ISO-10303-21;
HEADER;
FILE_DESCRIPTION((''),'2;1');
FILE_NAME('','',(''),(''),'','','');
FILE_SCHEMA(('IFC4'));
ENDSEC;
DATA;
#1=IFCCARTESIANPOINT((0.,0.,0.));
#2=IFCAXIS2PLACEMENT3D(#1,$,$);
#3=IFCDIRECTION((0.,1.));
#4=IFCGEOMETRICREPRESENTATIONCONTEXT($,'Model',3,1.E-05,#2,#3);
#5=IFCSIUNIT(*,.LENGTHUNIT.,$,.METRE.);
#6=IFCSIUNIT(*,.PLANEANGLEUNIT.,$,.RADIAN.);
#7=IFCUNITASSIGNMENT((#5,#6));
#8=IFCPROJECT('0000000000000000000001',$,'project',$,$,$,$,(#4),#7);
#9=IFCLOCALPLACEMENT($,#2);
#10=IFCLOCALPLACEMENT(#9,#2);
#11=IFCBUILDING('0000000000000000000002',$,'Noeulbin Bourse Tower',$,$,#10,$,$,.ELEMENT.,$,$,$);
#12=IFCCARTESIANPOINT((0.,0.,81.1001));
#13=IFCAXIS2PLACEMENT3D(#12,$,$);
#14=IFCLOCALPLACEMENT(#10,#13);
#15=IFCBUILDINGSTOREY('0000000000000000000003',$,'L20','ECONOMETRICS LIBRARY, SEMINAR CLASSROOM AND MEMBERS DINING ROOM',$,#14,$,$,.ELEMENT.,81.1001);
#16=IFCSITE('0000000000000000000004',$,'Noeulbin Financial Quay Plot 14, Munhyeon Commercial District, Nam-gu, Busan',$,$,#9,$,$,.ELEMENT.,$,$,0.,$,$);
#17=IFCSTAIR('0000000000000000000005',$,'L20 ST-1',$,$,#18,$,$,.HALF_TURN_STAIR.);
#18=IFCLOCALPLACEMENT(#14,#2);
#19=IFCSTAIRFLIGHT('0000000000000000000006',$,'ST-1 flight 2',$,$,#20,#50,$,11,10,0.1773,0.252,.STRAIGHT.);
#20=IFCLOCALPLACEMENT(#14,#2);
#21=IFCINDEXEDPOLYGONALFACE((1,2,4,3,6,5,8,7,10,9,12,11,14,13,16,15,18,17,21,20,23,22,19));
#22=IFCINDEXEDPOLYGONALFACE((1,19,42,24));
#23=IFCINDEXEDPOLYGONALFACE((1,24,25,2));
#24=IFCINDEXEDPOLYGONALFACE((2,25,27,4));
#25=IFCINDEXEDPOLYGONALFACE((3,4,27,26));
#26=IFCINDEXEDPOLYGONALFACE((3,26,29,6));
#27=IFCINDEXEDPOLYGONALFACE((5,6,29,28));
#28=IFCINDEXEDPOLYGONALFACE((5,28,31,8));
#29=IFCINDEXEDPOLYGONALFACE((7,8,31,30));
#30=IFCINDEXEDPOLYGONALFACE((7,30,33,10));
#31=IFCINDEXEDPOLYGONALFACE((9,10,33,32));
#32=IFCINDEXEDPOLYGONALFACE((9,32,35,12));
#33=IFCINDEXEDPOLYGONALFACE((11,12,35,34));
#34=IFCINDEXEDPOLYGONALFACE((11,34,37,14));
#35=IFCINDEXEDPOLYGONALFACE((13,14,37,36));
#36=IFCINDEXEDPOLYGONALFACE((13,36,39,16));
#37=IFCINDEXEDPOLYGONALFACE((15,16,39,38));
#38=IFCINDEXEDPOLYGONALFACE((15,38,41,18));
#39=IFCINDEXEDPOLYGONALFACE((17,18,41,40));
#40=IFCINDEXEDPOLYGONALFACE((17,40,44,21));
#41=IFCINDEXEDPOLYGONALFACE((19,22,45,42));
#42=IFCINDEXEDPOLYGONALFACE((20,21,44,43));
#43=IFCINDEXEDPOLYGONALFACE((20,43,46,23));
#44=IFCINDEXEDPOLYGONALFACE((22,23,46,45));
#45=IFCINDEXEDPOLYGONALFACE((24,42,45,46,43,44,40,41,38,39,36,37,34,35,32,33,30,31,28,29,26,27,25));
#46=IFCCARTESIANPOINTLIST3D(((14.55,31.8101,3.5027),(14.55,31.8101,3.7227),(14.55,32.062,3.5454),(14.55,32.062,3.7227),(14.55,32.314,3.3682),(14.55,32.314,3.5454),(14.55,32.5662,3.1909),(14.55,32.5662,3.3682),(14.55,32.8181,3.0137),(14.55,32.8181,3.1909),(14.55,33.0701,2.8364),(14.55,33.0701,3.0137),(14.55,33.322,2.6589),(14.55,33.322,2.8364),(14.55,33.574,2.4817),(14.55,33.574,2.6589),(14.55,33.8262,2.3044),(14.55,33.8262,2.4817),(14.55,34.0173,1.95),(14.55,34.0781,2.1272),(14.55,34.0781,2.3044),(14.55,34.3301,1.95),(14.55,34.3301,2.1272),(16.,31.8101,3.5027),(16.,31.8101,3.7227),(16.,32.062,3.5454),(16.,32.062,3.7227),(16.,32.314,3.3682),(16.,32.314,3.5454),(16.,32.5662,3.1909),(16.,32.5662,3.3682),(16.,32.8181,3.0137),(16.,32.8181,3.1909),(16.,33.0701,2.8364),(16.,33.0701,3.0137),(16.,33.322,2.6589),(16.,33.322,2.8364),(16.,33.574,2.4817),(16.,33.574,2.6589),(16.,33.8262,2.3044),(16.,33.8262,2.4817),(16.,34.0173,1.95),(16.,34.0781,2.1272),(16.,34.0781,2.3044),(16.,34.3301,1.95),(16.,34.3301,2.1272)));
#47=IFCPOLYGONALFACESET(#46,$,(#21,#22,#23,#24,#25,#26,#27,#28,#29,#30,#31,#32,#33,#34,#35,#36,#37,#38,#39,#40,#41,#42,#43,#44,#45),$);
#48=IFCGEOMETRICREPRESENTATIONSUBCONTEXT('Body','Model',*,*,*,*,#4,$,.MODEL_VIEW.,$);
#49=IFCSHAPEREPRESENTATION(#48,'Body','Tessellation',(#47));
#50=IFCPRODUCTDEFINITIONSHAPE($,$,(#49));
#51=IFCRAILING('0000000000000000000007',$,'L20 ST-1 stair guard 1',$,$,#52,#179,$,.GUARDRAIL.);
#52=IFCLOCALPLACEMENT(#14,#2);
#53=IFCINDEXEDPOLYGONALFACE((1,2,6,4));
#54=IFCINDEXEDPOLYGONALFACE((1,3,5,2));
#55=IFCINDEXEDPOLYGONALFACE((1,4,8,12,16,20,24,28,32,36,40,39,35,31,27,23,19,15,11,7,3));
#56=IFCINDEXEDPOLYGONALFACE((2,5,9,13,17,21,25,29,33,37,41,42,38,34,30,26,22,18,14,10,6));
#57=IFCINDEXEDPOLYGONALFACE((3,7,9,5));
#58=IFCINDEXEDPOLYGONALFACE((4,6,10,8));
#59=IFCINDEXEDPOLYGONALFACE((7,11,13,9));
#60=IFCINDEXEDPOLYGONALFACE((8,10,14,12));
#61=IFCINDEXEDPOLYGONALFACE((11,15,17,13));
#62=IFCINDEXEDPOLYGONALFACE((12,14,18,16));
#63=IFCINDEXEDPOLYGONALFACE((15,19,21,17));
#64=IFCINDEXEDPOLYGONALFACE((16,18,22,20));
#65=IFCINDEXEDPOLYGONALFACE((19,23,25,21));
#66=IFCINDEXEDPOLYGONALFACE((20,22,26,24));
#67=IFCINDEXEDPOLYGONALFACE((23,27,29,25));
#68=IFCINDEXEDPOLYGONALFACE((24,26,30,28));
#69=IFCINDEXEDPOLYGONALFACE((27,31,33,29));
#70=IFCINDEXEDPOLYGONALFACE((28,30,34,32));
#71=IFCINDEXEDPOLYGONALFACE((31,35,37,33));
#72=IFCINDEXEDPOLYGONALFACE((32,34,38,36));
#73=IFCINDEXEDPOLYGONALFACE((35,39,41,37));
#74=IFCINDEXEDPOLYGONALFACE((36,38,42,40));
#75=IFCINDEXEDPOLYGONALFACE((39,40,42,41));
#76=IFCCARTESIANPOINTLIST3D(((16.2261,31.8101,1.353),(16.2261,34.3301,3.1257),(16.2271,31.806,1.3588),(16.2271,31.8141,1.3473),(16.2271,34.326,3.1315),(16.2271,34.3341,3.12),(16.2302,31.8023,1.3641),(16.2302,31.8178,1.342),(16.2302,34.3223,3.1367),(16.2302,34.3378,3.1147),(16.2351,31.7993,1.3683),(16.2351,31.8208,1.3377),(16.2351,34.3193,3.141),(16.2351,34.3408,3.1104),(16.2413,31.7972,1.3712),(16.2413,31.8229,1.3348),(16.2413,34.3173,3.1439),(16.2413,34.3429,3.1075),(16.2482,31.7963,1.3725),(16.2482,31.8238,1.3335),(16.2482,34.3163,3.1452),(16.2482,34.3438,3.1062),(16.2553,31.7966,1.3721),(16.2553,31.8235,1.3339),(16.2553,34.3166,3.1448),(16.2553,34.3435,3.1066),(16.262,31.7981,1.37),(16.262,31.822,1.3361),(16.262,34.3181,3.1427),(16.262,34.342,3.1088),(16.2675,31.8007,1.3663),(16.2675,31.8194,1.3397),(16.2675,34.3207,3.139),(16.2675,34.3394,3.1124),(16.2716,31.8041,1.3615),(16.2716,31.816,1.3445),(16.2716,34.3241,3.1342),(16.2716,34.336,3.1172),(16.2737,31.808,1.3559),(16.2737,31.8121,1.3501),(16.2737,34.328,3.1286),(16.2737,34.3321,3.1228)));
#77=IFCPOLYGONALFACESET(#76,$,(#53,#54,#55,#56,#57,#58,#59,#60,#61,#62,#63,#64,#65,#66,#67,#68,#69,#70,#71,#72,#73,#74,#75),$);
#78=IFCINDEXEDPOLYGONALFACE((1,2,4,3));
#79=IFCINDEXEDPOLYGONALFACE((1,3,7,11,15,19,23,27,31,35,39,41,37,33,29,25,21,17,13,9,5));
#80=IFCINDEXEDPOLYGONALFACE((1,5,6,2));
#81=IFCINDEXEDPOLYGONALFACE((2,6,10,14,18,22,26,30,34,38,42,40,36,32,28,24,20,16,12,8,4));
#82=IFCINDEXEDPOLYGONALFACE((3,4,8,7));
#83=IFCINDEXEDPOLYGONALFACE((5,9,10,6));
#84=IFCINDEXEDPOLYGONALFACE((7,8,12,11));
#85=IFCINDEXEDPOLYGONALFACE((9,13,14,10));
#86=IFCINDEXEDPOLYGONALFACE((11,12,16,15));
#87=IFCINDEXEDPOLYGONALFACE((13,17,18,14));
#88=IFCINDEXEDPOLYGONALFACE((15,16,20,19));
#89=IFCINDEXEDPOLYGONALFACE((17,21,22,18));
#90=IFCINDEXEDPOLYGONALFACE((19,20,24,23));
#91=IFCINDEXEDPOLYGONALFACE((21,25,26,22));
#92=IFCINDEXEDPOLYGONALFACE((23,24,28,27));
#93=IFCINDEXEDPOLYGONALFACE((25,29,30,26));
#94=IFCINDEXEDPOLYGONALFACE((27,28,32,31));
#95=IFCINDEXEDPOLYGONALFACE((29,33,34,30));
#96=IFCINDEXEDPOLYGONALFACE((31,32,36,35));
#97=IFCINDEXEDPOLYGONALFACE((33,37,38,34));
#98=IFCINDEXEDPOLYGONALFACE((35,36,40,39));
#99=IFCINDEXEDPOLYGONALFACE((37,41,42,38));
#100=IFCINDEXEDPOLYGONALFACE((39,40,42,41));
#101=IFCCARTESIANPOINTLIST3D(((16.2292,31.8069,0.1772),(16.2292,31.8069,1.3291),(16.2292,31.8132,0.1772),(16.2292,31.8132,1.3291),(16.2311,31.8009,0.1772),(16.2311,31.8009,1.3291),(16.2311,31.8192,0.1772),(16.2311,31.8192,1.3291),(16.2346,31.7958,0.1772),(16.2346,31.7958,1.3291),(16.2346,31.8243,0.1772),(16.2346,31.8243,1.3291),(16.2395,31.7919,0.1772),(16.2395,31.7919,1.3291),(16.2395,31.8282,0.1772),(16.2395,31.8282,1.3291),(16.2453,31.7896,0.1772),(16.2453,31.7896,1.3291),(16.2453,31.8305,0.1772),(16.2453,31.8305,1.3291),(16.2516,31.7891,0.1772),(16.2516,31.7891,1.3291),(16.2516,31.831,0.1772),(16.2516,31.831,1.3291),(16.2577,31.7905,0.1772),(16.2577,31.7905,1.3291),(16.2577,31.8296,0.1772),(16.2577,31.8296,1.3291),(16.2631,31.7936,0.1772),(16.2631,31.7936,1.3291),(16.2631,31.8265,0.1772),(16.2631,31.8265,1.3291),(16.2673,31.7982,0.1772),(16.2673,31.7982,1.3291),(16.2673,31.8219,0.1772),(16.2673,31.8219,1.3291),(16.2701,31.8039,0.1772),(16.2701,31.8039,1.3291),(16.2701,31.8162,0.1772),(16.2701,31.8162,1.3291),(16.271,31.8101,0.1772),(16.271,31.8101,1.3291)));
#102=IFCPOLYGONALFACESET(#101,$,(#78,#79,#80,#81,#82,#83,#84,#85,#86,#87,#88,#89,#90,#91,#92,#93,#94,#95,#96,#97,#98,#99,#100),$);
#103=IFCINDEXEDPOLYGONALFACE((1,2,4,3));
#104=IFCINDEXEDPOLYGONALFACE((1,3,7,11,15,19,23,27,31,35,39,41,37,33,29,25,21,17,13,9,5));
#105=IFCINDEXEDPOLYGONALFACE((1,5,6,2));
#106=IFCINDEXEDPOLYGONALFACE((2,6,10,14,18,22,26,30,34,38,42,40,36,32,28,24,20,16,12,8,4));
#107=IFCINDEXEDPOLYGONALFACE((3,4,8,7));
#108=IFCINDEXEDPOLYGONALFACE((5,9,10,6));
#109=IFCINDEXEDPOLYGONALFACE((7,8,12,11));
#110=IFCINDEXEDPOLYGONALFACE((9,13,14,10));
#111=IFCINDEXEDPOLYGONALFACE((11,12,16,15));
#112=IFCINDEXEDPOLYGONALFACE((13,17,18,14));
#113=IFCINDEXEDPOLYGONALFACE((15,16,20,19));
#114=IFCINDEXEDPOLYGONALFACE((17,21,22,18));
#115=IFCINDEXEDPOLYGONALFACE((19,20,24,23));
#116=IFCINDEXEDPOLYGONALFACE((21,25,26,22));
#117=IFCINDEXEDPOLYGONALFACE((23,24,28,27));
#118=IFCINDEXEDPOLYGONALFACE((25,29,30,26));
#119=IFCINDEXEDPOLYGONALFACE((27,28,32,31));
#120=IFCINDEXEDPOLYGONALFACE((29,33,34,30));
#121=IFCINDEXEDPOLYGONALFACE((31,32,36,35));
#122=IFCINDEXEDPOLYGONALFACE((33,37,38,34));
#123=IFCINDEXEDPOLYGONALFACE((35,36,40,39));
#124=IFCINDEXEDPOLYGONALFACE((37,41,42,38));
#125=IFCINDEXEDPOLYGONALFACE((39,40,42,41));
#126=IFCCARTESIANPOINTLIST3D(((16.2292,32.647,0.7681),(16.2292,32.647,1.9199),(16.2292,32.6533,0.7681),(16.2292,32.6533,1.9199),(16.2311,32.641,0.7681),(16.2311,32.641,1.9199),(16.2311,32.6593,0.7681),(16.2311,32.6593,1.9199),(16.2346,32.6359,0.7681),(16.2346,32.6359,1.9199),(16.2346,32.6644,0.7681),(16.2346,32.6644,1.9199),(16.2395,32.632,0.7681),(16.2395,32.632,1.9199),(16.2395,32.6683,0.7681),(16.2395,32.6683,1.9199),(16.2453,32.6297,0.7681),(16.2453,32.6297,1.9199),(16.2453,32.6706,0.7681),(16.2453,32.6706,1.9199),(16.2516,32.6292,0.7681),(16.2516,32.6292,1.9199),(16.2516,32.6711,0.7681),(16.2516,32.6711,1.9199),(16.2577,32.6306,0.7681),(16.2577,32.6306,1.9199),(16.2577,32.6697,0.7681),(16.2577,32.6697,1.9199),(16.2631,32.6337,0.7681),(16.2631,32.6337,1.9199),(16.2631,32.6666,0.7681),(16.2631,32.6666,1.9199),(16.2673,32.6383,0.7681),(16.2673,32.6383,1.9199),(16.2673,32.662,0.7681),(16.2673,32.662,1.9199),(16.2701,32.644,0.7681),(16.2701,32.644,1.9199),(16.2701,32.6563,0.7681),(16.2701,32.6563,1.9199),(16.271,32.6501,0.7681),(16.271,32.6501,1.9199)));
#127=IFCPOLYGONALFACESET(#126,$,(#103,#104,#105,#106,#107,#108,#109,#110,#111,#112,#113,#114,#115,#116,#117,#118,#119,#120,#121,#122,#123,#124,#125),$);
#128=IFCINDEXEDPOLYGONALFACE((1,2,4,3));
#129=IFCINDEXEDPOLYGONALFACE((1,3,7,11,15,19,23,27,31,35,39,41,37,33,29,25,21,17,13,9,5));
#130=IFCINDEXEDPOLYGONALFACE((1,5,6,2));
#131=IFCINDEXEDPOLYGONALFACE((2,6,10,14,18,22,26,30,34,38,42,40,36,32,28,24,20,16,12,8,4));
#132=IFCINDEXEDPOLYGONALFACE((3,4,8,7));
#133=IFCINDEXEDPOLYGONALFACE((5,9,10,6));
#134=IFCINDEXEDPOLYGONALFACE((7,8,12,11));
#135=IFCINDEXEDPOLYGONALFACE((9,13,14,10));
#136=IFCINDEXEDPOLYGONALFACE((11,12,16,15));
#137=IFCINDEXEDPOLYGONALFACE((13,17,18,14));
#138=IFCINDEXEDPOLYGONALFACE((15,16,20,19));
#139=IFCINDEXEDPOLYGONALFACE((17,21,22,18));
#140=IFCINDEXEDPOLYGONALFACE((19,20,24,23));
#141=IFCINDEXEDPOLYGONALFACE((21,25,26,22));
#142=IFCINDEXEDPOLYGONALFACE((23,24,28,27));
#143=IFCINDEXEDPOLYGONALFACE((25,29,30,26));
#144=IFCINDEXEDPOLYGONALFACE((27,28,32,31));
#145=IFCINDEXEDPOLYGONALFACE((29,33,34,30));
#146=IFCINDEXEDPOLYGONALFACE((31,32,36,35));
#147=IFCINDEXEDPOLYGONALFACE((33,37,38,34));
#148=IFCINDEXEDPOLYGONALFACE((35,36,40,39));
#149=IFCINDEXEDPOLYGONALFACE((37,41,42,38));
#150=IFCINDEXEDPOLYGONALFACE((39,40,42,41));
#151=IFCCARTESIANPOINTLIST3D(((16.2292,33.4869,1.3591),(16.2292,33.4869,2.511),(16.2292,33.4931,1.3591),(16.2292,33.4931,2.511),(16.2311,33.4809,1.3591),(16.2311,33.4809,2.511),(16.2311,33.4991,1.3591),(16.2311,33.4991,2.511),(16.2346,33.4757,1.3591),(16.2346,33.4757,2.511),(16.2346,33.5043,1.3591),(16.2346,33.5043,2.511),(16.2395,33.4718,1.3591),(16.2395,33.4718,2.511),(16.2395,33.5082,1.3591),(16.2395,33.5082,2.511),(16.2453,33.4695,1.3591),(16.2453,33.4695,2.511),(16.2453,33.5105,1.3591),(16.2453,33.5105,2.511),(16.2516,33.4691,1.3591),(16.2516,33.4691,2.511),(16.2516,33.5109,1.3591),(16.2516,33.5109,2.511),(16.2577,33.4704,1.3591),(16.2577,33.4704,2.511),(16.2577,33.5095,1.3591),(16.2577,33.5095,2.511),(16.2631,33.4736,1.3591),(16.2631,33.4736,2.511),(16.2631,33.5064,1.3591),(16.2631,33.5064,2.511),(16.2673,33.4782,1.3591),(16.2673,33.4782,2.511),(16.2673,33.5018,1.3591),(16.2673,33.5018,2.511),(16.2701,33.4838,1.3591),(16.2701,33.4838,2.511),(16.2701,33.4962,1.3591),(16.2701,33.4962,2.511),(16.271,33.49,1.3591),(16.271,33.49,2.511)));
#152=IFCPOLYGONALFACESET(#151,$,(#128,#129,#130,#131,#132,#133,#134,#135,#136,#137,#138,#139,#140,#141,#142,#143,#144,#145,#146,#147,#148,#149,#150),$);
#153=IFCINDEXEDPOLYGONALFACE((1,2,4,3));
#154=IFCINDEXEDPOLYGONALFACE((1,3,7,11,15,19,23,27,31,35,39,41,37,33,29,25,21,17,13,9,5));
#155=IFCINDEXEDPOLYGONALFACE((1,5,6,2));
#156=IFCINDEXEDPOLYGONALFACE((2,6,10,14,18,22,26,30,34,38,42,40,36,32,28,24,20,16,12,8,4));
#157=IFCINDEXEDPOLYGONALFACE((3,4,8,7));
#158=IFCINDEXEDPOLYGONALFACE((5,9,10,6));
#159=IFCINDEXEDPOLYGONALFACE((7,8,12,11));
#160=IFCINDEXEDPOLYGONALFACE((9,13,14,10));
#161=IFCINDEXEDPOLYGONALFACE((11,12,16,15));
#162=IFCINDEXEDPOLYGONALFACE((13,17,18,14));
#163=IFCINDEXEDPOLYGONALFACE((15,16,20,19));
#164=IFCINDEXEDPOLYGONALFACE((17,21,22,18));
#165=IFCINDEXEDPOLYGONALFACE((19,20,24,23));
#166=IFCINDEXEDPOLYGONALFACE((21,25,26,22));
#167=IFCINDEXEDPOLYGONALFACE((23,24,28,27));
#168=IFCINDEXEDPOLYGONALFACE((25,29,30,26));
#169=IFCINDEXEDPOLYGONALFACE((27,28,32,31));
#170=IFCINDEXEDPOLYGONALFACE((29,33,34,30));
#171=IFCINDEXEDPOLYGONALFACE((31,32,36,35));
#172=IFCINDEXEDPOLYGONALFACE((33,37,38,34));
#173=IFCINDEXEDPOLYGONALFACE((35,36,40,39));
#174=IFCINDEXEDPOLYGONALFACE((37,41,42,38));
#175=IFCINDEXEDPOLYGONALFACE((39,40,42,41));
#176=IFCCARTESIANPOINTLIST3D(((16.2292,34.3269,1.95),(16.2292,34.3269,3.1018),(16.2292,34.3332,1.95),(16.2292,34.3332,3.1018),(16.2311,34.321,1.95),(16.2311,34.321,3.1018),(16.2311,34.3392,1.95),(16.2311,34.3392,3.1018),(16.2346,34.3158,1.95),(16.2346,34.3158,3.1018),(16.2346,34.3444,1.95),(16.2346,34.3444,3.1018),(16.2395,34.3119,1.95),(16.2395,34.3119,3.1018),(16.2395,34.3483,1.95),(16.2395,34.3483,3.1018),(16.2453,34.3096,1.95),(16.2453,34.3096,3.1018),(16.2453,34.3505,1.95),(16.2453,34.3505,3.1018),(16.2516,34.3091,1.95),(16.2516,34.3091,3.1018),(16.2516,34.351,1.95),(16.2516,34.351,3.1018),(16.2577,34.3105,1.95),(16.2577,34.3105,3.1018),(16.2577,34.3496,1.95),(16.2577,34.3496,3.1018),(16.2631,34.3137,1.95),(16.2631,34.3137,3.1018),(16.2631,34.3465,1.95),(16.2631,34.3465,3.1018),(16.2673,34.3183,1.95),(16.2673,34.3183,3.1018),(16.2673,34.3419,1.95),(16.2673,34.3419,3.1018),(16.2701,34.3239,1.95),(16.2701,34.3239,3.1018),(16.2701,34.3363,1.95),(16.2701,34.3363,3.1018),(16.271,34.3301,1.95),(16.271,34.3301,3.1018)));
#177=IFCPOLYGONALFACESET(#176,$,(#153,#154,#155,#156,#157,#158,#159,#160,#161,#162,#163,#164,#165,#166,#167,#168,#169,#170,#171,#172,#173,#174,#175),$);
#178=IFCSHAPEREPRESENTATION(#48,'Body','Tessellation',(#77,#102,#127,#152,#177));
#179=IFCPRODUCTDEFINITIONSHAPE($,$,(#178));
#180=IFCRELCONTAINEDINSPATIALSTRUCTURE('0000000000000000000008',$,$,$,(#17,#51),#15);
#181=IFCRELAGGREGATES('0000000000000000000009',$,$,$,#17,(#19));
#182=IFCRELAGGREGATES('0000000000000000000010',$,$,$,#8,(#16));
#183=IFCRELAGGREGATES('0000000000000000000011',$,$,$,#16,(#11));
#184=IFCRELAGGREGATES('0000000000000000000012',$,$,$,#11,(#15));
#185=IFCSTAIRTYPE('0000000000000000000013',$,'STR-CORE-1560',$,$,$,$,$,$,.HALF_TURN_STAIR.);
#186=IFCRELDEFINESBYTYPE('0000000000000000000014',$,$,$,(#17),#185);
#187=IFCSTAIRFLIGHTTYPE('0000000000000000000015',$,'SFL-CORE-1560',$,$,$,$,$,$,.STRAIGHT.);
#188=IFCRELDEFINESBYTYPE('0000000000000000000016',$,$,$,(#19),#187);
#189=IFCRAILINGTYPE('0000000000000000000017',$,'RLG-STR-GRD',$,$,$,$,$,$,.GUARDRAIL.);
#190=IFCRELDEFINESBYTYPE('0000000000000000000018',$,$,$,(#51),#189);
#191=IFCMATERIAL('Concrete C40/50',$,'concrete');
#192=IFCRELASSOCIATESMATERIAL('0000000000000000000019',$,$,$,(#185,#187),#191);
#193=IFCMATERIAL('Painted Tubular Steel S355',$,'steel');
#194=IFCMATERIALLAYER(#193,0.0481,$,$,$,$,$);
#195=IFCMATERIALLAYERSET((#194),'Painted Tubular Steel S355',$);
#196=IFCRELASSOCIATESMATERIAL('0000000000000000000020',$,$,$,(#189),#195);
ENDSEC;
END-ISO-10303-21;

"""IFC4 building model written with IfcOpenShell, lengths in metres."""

from ifc_helpers import new_model, si_unit, direction, frame, origin, origin_2d, place, context, subcontext, project, spatial, polyline, circle, outline, extrude, material, layer, layer_set, type_object, element, aggregate, save


model = new_model("IFC4")

# Units and contexts
model_context = context("Model", 3, precision=1e-05, world=origin(), true_north=direction((0.0, 1.0)))
body_context = subcontext(model_context, "Body", "Model", "MODEL_VIEW")
ifc_project = project(units=[si_unit("LENGTHUNIT", "METRE"), si_unit("PLANEANGLEUNIT", "RADIAN")], contexts=[model_context])

# Site, building, storey
site_placement = place(None, origin())
site = spatial("IfcSite", under=ifc_project, at=site_placement, Name="Noeulbin Financial Quay Plot 14, Munhyeon Commercial District, Nam-gu, Busan", CompositionType="ELEMENT", RefElevation=0.0)
building_placement = place(site_placement, origin())
building = spatial("IfcBuilding", under=site, at=building_placement, Name="Noeulbin Bourse Tower", CompositionType="ELEMENT")
storey_placement = place(building_placement, frame((0.0, 0.0, 81.1001)))
storey = spatial("IfcBuildingStorey", under=building, at=storey_placement, Name="L20", Description="ECONOMETRICS LIBRARY, SEMINAR CLASSROOM AND MEMBERS DINING ROOM", CompositionType="ELEMENT", Elevation=81.1001)

# Shared definitions
ifc_material_1 = material(Name="Concrete C40/50", Category="concrete")

# Stair, stair flight
stair_type = type_object("IfcStairType", Name="STR-CORE-1560", PredefinedType="HALF_TURN_STAIR", material=ifc_material_1)
stair_placement = place(storey_placement, origin())
stair = element("IfcStair", 1, at=stair_placement, inside=storey, type_object=stair_type, Name="L20 ST-1", PredefinedType="HALF_TURN_STAIR")
stair_flight_type = type_object("IfcStairFlightType", Name="SFL-CORE-1560", PredefinedType="STRAIGHT", material=ifc_material_1)
stair_flight_1_placement = place(storey_placement, frame((15.2749, 34.3301, 1.95), z_axis=(0.0, 0.0, 1.0), x_axis=(0.0, -1.0, 0.0)))
stair_flight_1 = element("IfcStairFlight", 2, at=stair_flight_1_placement, type_object=stair_flight_type, Name="ST-1 flight 2", NumberOfRisers=11, NumberOfTreads=10, PredefinedType="STRAIGHT", RiserHeight=0.1773, TreadLength=0.252, context=body_context, shape_type="SweptSolid", body=[
    extrude(outline(polyline([(0.0, 0.0), (0.0, 0.1772), (0.252, 0.1772), (0.252, 0.3545), (0.5039, 0.3545), (0.5039, 0.5317), (0.7561, 0.5317), (0.7561, 0.709), (1.0081, 0.709), (1.0081, 0.8865), (1.26, 0.8865), (1.26, 1.0637), (1.512, 1.0637), (1.512, 1.241), (1.7639, 1.241), (1.7639, 1.4182), (2.0161, 1.4182), (2.0161, 1.5955), (2.2681, 1.5955), (2.2681, 1.7727), (2.52, 1.7727), (2.52, 1.95), (2.52, 1.5527), (0.3127, 0.0), (0.0, 0.0)])), frame((0.0, 0.7251, 0.0), z_axis=(0.0, -1.0, 0.0), x_axis=(1.0, 0.0, 0.0)), (0.0, 0.0, 1.0), 1.45),
])
aggregate(stair, [stair_flight_1])

# Railing
ifc_material_2 = material(Name="Painted Tubular Steel S355", Category="steel")
ifc_layer_1 = layer(ifc_material_2, 0.0481)
ifc_layer_set_1 = layer_set([ifc_layer_1], Name="Painted Tubular Steel S355")
railing_type_1 = type_object("IfcRailingType", Name="RLG-STR-GRD", PredefinedType="GUARDRAIL", material=ifc_layer_set_1)
railing_1_placement = place(storey_placement, frame((16.25, 31.8101, 0.1772)))
element("IfcRailing", 3, at=railing_1_placement, inside=storey, type_object=railing_type_1, Name="L20 ST-1 stair guard 1", PredefinedType="GUARDRAIL", context=body_context, shape_type="SweptSolid", body=[
    extrude(circle(Radius=0.0239, at=origin_2d()), frame((0.0, 0.0, 1.1758), z_axis=(0.0, 0.817904, 0.575354), x_axis=(-1.0, 0.0, 0.0)), (0.0, 0.0, 1.0), 3.0811),
    extrude(circle(Radius=0.021, at=origin_2d()), origin(), (0.0, 0.0, 1.0), 1.1519),
    extrude(circle(Radius=0.021, at=origin_2d()), frame((0.0, 0.8401, 0.5908)), (0.0, 0.0, 1.0), 1.1519),
    extrude(circle(Radius=0.021, at=origin_2d()), frame((0.0, 1.6799, 1.1819)), (0.0, 0.0, 1.0), 1.1519),
    extrude(circle(Radius=0.021, at=origin_2d()), frame((0.0, 2.52, 1.7727)), (0.0, 0.0, 1.0), 1.1519),
])

save(model, "model.ifc")
